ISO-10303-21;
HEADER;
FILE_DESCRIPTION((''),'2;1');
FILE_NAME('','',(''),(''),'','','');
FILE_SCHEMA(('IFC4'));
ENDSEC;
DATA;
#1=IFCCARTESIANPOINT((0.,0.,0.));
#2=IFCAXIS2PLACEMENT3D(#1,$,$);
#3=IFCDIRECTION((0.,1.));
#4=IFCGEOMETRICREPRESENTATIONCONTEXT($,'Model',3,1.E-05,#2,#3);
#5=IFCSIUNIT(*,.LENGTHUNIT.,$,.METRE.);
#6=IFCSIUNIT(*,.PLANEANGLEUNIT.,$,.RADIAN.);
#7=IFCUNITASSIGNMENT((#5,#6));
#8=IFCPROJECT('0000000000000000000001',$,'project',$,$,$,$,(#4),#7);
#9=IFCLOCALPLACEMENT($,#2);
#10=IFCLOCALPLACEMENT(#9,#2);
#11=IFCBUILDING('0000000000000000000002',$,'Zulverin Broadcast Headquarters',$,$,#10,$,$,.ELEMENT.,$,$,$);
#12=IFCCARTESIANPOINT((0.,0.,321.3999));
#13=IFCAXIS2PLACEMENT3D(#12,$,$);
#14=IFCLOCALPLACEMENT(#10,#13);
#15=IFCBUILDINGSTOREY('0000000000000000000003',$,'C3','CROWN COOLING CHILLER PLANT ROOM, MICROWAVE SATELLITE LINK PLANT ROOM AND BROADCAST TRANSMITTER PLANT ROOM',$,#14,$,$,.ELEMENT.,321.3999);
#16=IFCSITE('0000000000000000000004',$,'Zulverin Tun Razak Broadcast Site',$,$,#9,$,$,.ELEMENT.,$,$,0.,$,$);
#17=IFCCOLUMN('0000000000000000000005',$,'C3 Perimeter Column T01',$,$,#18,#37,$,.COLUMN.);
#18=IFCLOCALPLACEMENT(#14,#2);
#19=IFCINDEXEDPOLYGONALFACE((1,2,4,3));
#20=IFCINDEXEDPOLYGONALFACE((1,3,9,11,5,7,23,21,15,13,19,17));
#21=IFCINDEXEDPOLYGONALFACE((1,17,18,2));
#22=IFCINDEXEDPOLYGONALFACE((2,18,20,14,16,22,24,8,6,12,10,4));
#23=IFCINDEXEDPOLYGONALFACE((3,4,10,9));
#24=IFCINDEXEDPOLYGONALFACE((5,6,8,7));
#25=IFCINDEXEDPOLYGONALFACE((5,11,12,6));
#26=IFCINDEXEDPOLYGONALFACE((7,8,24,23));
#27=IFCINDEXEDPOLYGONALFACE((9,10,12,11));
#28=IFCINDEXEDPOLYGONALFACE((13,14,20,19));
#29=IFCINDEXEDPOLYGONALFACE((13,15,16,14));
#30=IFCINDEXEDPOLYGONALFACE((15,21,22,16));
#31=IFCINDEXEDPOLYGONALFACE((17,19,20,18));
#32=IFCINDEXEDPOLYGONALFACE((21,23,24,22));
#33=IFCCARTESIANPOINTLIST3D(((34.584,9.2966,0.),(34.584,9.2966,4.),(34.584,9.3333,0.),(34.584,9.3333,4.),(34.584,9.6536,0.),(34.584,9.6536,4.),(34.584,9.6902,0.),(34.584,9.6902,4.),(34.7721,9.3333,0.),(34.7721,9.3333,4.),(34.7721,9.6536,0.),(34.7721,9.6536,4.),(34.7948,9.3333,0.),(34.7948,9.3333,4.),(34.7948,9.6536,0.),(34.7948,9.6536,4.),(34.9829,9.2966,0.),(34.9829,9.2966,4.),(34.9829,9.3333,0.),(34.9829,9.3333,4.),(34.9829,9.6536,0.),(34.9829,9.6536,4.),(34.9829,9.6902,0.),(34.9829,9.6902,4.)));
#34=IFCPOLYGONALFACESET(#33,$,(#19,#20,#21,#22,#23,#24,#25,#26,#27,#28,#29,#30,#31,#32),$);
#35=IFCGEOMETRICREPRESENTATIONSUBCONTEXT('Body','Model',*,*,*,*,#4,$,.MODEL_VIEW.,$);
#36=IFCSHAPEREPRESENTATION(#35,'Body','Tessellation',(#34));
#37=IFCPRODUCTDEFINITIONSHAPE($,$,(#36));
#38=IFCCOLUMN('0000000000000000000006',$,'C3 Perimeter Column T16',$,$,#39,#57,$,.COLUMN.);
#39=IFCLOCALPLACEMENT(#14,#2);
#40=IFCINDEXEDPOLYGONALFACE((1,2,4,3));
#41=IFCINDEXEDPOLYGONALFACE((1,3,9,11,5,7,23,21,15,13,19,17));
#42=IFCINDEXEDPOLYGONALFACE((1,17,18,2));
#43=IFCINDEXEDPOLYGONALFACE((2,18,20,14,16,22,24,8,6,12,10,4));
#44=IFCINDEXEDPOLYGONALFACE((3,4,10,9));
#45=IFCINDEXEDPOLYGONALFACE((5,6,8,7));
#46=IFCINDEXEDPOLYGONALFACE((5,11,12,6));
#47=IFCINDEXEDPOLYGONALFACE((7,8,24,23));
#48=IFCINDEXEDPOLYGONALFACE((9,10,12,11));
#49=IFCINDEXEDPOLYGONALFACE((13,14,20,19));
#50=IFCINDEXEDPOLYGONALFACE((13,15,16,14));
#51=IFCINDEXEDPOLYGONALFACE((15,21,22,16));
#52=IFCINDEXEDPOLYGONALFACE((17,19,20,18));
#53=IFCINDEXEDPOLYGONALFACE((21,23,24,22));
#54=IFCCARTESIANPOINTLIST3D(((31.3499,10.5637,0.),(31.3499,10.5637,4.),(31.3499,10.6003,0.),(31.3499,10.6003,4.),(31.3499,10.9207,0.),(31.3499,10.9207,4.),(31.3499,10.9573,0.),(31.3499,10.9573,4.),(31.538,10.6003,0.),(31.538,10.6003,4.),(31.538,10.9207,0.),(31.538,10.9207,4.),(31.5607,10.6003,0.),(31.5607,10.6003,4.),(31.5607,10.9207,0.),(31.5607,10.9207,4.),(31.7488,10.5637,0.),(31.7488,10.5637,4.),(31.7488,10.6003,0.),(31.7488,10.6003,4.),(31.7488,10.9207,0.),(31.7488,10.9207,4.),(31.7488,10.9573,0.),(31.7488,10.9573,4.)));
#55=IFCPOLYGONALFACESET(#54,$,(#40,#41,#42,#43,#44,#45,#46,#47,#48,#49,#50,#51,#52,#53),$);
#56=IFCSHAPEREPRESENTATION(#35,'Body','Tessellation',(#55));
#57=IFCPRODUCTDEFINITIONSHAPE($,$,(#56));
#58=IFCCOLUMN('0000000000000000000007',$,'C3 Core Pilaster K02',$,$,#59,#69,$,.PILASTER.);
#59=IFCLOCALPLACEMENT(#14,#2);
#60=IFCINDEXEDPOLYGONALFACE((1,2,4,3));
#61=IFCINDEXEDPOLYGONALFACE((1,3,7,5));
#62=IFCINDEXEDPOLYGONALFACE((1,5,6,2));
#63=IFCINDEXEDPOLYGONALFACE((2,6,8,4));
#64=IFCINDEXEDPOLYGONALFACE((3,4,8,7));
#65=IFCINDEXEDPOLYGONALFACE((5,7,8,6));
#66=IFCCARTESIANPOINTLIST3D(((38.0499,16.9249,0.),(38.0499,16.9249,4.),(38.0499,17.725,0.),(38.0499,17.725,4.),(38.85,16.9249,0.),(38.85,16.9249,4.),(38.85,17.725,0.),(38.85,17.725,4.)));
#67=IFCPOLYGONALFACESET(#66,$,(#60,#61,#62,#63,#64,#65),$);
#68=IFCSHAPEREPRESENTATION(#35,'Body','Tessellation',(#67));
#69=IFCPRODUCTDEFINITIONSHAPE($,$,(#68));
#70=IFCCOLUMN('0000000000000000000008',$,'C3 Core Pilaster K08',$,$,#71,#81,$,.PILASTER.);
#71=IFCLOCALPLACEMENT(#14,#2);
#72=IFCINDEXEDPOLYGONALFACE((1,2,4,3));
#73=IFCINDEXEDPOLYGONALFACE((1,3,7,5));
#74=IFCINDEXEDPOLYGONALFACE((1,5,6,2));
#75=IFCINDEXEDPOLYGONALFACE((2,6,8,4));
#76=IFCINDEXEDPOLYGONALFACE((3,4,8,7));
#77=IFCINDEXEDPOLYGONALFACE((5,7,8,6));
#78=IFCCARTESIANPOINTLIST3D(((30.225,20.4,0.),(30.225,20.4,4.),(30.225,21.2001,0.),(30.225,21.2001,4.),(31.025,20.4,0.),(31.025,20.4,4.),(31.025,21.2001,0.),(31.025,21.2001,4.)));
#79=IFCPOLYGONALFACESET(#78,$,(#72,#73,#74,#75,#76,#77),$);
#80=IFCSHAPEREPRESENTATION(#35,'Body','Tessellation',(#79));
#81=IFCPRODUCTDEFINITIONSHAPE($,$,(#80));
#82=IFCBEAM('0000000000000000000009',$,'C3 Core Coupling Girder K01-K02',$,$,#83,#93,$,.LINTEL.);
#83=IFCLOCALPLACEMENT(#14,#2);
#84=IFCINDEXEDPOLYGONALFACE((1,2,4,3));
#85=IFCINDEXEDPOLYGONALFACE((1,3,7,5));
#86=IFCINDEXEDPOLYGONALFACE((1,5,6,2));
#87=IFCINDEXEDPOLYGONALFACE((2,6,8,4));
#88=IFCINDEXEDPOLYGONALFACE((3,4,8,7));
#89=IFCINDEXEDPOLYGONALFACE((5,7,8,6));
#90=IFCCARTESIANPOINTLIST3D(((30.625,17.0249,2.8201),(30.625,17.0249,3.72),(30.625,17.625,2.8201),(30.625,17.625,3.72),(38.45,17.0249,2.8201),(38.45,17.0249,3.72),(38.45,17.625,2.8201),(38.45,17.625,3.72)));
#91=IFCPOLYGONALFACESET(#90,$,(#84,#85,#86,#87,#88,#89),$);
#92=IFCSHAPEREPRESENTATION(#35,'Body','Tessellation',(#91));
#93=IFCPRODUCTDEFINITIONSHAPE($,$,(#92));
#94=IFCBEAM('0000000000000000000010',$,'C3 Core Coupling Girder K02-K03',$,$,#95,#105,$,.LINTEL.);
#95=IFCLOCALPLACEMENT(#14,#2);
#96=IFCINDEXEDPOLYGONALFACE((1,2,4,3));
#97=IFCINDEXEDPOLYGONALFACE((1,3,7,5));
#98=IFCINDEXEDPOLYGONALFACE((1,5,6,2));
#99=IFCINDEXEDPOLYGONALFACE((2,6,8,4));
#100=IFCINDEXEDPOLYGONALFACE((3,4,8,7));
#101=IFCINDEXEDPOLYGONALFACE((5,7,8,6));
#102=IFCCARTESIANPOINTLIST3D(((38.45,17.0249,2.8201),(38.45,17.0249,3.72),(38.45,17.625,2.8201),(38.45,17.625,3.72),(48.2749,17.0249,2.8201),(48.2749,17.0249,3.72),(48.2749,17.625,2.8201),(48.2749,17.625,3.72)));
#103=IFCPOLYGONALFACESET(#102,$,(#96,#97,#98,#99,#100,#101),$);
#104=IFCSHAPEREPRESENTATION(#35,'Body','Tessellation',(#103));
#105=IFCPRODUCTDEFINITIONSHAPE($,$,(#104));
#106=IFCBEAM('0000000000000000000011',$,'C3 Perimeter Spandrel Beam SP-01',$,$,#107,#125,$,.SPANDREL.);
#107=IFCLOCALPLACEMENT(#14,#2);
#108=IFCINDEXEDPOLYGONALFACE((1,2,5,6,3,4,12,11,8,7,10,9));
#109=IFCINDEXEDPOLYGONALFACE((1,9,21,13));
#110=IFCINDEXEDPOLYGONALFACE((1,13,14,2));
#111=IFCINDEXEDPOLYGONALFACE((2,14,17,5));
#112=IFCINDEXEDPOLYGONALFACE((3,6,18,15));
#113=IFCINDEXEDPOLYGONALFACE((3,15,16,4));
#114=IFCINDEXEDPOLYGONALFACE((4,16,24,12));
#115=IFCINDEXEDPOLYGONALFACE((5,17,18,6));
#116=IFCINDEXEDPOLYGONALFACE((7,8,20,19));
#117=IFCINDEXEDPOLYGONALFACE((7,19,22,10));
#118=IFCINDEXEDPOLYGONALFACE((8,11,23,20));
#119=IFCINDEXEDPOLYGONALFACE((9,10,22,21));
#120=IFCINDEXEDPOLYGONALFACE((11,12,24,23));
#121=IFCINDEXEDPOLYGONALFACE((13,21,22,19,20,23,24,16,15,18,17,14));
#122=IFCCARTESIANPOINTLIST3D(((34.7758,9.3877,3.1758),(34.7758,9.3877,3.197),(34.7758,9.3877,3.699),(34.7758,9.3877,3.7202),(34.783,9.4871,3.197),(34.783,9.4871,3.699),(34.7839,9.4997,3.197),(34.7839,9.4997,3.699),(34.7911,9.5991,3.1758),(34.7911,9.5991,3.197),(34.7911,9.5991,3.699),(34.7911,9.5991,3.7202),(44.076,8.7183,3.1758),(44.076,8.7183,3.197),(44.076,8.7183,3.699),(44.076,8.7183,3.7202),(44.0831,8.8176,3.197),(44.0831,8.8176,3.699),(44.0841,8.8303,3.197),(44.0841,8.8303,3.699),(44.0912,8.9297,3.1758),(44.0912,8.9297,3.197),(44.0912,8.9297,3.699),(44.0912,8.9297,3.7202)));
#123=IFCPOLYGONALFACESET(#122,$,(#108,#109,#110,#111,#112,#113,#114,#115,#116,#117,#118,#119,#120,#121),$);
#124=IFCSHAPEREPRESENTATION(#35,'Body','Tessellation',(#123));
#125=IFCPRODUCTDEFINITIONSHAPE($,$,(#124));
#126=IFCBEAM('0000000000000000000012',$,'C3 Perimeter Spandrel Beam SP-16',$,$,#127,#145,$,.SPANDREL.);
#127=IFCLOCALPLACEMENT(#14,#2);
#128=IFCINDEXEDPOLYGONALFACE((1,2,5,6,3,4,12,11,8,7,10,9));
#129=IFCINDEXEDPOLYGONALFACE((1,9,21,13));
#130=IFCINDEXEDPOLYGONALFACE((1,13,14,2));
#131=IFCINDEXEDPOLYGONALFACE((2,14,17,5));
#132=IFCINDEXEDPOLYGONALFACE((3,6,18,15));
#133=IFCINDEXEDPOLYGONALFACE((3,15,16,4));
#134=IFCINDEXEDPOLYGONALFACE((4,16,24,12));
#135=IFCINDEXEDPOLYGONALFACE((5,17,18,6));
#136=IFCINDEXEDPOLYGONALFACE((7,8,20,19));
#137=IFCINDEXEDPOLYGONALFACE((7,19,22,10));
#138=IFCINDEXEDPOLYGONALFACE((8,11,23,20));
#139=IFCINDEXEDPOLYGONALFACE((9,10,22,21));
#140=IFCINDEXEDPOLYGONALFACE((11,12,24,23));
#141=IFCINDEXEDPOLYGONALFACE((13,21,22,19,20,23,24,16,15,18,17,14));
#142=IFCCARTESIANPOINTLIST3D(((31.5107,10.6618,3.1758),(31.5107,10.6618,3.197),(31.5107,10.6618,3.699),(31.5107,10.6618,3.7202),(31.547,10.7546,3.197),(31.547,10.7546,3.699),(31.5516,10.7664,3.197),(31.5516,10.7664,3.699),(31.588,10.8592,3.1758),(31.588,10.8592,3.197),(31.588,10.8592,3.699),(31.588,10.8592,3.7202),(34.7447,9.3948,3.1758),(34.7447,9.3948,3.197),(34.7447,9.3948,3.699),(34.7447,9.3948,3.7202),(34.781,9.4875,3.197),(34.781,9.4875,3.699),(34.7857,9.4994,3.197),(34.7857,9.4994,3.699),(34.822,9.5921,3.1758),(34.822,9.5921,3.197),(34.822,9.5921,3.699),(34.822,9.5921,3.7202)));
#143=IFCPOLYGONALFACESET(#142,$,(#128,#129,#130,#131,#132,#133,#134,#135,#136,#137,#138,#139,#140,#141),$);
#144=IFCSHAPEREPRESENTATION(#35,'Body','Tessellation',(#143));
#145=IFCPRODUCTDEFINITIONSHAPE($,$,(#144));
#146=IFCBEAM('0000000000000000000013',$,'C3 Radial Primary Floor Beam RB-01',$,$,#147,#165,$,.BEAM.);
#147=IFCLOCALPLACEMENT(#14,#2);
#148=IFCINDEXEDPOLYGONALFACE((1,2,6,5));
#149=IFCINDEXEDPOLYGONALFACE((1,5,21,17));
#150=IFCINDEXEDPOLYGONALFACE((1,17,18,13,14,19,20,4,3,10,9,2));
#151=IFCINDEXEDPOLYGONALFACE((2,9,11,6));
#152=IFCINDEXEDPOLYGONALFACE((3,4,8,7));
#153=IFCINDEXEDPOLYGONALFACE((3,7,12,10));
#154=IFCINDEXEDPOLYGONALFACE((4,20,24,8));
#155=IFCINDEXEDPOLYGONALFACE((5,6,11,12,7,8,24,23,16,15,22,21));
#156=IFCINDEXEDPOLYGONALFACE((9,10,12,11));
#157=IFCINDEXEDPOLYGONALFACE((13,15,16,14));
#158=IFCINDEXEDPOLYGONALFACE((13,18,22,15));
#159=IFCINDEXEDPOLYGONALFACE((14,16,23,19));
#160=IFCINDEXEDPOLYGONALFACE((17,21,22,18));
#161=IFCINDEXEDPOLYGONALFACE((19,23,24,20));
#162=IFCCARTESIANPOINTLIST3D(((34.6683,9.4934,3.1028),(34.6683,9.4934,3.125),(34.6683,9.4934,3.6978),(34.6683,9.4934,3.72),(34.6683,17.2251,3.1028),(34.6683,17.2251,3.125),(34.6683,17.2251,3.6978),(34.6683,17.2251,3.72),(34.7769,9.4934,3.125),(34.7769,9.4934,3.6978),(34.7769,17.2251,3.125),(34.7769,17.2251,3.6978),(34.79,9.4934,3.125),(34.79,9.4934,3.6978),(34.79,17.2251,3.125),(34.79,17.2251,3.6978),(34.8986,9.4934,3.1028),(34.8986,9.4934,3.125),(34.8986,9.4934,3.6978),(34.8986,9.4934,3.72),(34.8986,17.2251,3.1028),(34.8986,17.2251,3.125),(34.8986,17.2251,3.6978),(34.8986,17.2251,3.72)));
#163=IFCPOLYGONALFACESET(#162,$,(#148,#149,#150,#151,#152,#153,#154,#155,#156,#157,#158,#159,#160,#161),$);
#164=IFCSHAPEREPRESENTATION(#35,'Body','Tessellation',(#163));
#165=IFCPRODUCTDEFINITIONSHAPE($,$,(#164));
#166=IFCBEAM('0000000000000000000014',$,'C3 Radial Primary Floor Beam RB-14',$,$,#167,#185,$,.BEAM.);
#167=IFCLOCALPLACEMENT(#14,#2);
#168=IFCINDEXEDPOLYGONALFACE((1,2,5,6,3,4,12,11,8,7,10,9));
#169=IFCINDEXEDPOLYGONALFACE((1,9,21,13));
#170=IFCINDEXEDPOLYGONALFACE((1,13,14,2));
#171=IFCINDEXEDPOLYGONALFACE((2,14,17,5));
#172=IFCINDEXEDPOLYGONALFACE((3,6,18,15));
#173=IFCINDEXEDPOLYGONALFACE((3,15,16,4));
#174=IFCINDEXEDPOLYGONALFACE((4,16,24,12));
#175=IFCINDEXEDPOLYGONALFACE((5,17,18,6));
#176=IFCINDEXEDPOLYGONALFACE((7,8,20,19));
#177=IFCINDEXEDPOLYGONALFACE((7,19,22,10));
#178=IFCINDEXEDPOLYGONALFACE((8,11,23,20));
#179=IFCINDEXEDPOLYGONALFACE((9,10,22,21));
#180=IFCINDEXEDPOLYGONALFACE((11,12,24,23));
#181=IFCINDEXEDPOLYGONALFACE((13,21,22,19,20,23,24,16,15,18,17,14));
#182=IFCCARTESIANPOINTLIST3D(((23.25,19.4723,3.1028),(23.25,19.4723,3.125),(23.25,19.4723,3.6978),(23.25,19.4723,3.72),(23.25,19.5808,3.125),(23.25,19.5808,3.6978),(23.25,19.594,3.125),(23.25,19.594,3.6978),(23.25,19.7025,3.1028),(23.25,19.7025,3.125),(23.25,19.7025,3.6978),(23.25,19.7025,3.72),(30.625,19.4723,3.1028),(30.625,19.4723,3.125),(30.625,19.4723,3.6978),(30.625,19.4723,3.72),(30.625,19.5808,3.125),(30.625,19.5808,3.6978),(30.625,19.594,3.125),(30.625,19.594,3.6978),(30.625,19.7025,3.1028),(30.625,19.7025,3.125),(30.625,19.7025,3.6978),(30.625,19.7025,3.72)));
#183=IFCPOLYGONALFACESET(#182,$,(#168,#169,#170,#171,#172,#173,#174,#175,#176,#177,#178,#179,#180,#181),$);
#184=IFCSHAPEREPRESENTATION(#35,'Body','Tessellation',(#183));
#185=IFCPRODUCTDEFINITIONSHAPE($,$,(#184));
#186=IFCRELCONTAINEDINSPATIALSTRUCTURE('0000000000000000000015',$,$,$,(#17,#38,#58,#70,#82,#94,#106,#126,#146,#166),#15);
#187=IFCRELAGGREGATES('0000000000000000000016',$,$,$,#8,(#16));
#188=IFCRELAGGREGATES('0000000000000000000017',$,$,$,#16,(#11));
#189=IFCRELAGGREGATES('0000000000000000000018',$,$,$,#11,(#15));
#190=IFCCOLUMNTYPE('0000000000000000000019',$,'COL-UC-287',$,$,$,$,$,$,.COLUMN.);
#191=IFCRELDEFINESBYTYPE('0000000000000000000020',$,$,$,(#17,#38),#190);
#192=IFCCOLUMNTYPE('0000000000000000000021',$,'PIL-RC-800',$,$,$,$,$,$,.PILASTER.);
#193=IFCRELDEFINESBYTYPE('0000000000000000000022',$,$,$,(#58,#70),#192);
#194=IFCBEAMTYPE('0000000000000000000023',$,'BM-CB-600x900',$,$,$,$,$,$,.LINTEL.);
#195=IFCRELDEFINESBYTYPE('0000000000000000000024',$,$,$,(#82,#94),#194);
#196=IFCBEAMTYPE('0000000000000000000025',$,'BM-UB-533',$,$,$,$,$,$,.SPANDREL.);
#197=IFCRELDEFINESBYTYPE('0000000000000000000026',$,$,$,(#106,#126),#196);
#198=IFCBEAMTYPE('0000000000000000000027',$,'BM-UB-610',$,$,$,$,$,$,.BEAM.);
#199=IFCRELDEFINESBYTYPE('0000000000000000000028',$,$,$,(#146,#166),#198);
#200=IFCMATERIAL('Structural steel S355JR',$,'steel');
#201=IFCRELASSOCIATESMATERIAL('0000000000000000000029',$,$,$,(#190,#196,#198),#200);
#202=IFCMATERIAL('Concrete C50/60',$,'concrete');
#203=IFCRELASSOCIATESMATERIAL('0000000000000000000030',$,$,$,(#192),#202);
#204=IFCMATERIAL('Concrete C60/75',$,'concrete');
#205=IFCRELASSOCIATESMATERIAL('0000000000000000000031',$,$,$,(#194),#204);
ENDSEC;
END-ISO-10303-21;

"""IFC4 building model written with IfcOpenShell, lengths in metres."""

from ifc_helpers import new_model, si_unit, direction, frame, origin, origin_2d, place, context, subcontext, project, spatial, rectangle, i_section, extrude, material, material_profile, profile_set, type_object, element, save


model = new_model("IFC4")

# Units and contexts
model_context = context("Model", 3, precision=1e-05, world=origin(), true_north=direction((0.0, 1.0)))
body_context = subcontext(model_context, "Body", "Model", "MODEL_VIEW")
ifc_project = project(units=[si_unit("LENGTHUNIT", "METRE"), si_unit("PLANEANGLEUNIT", "RADIAN")], contexts=[model_context])

# Site, building, storey
site_placement = place(None, origin())
site = spatial("IfcSite", under=ifc_project, at=site_placement, Name="Zulverin Tun Razak Broadcast Site", CompositionType="ELEMENT", RefElevation=0.0)
building_placement = place(site_placement, origin())
building = spatial("IfcBuilding", under=site, at=building_placement, Name="Zulverin Broadcast Headquarters", CompositionType="ELEMENT")
storey_placement = place(building_placement, frame((0.0, 0.0, 321.3999)))
storey = spatial("IfcBuildingStorey", under=building, at=storey_placement, Name="C3", Description="CROWN COOLING CHILLER PLANT ROOM, MICROWAVE SATELLITE LINK PLANT ROOM AND BROADCAST TRANSMITTER PLANT ROOM", CompositionType="ELEMENT", Elevation=321.3999)

# Columns
ifc_material_1 = material(Name="Structural steel S355JR", Category="steel")
ifc_material_profile_1 = material_profile(ifc_material_1, i_section(OverallWidth=0.3989, OverallDepth=0.3936, WebThickness=0.0227, FlangeThickness=0.0366, at=origin_2d()), Name="Structural steel S355JR", Category="steel")
ifc_profile_set_1 = profile_set([ifc_material_profile_1], Name="Structural steel S355JR")
column_type_1 = type_object("IfcColumnType", Name="COL-UC-287", PredefinedType="COLUMN", material=ifc_profile_set_1)
for number, where, z_axis, x_axis, name in (
    (1, (34.7834, 9.4934, 0.0), (0.0, 0.0, 1.0), (1.0, 0.0, 0.0), "C3 Perimeter Column T01"),
    (2, (31.5493, 10.7605, 0.0), (0.0, 0.0, 1.0), (1.0, 0.0, 0.0), "C3 Perimeter Column T16"),
):
    element("IfcColumn", number, at=place(storey_placement, frame(where, z_axis=z_axis, x_axis=x_axis)), inside=storey, type_object=column_type_1, Name=name, PredefinedType="COLUMN", context=body_context, shape_type="SweptSolid", body=[
        extrude(i_section(OverallWidth=0.3989, OverallDepth=0.3936, WebThickness=0.0227, FlangeThickness=0.0366, at=origin_2d()), origin(), (0.0, 0.0, 1.0), 4.0),
    ])
ifc_material_2 = material(Name="Concrete C50/60", Category="concrete")
ifc_material_profile_2 = material_profile(ifc_material_2, rectangle(XDim=0.8, YDim=0.8, at=origin_2d()), Name="Concrete C50/60", Category="concrete")
ifc_profile_set_2 = profile_set([ifc_material_profile_2], Name="Concrete C50/60")
column_type_2 = type_object("IfcColumnType", Name="PIL-RC-800", PredefinedType="PILASTER", material=ifc_profile_set_2)
for number, where, z_axis, x_axis, name in (
    (3, (38.45, 17.325, 0.0), (0.0, 0.0, 1.0), (1.0, 0.0, 0.0), "C3 Core Pilaster K02"),
    (4, (30.625, 20.8, 0.0), (0.0, 0.0, 1.0), (1.0, 0.0, 0.0), "C3 Core Pilaster K08"),
):
    element("IfcColumn", number, at=place(storey_placement, frame(where, z_axis=z_axis, x_axis=x_axis)), inside=storey, type_object=column_type_2, Name=name, PredefinedType="PILASTER", context=body_context, shape_type="SweptSolid", body=[
        extrude(rectangle(XDim=0.8, YDim=0.8, at=origin_2d()), origin(), (0.0, 0.0, 1.0), 4.0),
    ])

# Beams
ifc_material_3 = material(Name="Concrete C60/75", Category="concrete")
ifc_material_profile_3 = material_profile(ifc_material_3, rectangle(XDim=0.6001, YDim=0.8999, at=origin_2d()), Name="Concrete C60/75", Category="concrete")
ifc_profile_set_3 = profile_set([ifc_material_profile_3], Name="Concrete C60/75")
beam_type_1 = type_object("IfcBeamType", Name="BM-CB-600x900", PredefinedType="LINTEL", material=ifc_profile_set_3)
beam_1_placement = place(storey_placement, frame((30.625, 17.325, 3.27), z_axis=(1.0, 0.0, 0.0), x_axis=(0.0, 1.0, 0.0)))
element("IfcBeam", 5, at=beam_1_placement, inside=storey, type_object=beam_type_1, Name="C3 Core Coupling Girder K01-K02", PredefinedType="LINTEL", context=body_context, shape_type="SweptSolid", body=[
    extrude(rectangle(XDim=0.6001, YDim=0.8999, at=origin_2d()), origin(), (0.0, 0.0, 1.0), 7.825),
])
beam_2_placement = place(storey_placement, frame((38.45, 17.325, 3.27), z_axis=(1.0, 0.0, 0.0), x_axis=(0.0, 1.0, 0.0)))
element("IfcBeam", 6, at=beam_2_placement, inside=storey, type_object=beam_type_1, Name="C3 Core Coupling Girder K02-K03", PredefinedType="LINTEL", context=body_context, shape_type="SweptSolid", body=[
    extrude(rectangle(XDim=0.6001, YDim=0.8999, at=origin_2d()), origin(), (0.0, 0.0, 1.0), 9.825),
])
ifc_material_profile_4 = material_profile(ifc_material_1, i_section(OverallWidth=0.2119, OverallDepth=0.5444, WebThickness=0.0127, FlangeThickness=0.0212, at=origin_2d()), Name="Structural steel S355JR", Category="steel")
ifc_profile_set_4 = profile_set([ifc_material_profile_4], Name="Structural steel S355JR")
beam_type_2 = type_object("IfcBeamType", Name="BM-UB-533", PredefinedType="SPANDREL", material=ifc_profile_set_4)
beam_3_placement = place(storey_placement, frame((34.7834, 9.4934, 3.448), z_axis=(0.997419, -0.071796, 0.0), x_axis=(0.071796, 0.997419, 0.0)))
element("IfcBeam", 7, at=beam_3_placement, inside=storey, type_object=beam_type_2, Name="C3 Perimeter Spandrel Beam SP-01", PredefinedType="SPANDREL", context=body_context, shape_type="SweptSolid", body=[
    extrude(i_section(OverallWidth=0.2119, OverallDepth=0.5444, WebThickness=0.0127, FlangeThickness=0.0212, at=origin_2d()), origin(), (0.0, 0.0, 1.0), 9.3242),
])
beam_4_placement = place(storey_placement, frame((31.5493, 10.7605, 3.448), z_axis=(0.93109, -0.364789, 0.0), x_axis=(0.364789, 0.93109, 0.0)))
element("IfcBeam", 8, at=beam_4_placement, inside=storey, type_object=beam_type_2, Name="C3 Perimeter Spandrel Beam SP-16", PredefinedType="SPANDREL", context=body_context, shape_type="SweptSolid", body=[
    extrude(i_section(OverallWidth=0.2119, OverallDepth=0.5444, WebThickness=0.0127, FlangeThickness=0.0212, at=origin_2d()), origin(), (0.0, 0.0, 1.0), 3.4734),
])
ifc_material_profile_5 = material_profile(ifc_material_1, i_section(OverallWidth=0.2302, OverallDepth=0.6172, WebThickness=0.0132, FlangeThickness=0.0222, at=origin_2d()), Name="Structural steel S355JR", Category="steel")
ifc_profile_set_5 = profile_set([ifc_material_profile_5], Name="Structural steel S355JR")
beam_type_3 = type_object("IfcBeamType", Name="BM-UB-610", PredefinedType="BEAM", material=ifc_profile_set_5)
beam_5_placement = place(storey_placement, frame((34.7834, 17.2251, 3.4114), z_axis=(0.0, -1.0, 0.0), x_axis=(1.0, 0.0, 0.0)))
element("IfcBeam", 9, at=beam_5_placement, inside=storey, type_object=beam_type_3, Name="C3 Radial Primary Floor Beam RB-01", PredefinedType="BEAM", context=body_context, shape_type="SweptSolid", body=[
    extrude(i_section(OverallWidth=0.2302, OverallDepth=0.6172, WebThickness=0.0132, FlangeThickness=0.0222, at=origin_2d()), origin(), (0.0, 0.0, 1.0), 7.7317),
])
beam_6_placement = place(storey_placement, frame((30.625, 19.5874, 3.4114), z_axis=(-1.0, 0.0, 0.0), x_axis=(0.0, -1.0, 0.0)))
element("IfcBeam", 10, at=beam_6_placement, inside=storey, type_object=beam_type_3, Name="C3 Radial Primary Floor Beam RB-14", PredefinedType="BEAM", context=body_context, shape_type="SweptSolid", body=[
    extrude(i_section(OverallWidth=0.2302, OverallDepth=0.6172, WebThickness=0.0132, FlangeThickness=0.0222, at=origin_2d()), origin(), (0.0, 0.0, 1.0), 7.375),
])

save(model, "model.ifc")
